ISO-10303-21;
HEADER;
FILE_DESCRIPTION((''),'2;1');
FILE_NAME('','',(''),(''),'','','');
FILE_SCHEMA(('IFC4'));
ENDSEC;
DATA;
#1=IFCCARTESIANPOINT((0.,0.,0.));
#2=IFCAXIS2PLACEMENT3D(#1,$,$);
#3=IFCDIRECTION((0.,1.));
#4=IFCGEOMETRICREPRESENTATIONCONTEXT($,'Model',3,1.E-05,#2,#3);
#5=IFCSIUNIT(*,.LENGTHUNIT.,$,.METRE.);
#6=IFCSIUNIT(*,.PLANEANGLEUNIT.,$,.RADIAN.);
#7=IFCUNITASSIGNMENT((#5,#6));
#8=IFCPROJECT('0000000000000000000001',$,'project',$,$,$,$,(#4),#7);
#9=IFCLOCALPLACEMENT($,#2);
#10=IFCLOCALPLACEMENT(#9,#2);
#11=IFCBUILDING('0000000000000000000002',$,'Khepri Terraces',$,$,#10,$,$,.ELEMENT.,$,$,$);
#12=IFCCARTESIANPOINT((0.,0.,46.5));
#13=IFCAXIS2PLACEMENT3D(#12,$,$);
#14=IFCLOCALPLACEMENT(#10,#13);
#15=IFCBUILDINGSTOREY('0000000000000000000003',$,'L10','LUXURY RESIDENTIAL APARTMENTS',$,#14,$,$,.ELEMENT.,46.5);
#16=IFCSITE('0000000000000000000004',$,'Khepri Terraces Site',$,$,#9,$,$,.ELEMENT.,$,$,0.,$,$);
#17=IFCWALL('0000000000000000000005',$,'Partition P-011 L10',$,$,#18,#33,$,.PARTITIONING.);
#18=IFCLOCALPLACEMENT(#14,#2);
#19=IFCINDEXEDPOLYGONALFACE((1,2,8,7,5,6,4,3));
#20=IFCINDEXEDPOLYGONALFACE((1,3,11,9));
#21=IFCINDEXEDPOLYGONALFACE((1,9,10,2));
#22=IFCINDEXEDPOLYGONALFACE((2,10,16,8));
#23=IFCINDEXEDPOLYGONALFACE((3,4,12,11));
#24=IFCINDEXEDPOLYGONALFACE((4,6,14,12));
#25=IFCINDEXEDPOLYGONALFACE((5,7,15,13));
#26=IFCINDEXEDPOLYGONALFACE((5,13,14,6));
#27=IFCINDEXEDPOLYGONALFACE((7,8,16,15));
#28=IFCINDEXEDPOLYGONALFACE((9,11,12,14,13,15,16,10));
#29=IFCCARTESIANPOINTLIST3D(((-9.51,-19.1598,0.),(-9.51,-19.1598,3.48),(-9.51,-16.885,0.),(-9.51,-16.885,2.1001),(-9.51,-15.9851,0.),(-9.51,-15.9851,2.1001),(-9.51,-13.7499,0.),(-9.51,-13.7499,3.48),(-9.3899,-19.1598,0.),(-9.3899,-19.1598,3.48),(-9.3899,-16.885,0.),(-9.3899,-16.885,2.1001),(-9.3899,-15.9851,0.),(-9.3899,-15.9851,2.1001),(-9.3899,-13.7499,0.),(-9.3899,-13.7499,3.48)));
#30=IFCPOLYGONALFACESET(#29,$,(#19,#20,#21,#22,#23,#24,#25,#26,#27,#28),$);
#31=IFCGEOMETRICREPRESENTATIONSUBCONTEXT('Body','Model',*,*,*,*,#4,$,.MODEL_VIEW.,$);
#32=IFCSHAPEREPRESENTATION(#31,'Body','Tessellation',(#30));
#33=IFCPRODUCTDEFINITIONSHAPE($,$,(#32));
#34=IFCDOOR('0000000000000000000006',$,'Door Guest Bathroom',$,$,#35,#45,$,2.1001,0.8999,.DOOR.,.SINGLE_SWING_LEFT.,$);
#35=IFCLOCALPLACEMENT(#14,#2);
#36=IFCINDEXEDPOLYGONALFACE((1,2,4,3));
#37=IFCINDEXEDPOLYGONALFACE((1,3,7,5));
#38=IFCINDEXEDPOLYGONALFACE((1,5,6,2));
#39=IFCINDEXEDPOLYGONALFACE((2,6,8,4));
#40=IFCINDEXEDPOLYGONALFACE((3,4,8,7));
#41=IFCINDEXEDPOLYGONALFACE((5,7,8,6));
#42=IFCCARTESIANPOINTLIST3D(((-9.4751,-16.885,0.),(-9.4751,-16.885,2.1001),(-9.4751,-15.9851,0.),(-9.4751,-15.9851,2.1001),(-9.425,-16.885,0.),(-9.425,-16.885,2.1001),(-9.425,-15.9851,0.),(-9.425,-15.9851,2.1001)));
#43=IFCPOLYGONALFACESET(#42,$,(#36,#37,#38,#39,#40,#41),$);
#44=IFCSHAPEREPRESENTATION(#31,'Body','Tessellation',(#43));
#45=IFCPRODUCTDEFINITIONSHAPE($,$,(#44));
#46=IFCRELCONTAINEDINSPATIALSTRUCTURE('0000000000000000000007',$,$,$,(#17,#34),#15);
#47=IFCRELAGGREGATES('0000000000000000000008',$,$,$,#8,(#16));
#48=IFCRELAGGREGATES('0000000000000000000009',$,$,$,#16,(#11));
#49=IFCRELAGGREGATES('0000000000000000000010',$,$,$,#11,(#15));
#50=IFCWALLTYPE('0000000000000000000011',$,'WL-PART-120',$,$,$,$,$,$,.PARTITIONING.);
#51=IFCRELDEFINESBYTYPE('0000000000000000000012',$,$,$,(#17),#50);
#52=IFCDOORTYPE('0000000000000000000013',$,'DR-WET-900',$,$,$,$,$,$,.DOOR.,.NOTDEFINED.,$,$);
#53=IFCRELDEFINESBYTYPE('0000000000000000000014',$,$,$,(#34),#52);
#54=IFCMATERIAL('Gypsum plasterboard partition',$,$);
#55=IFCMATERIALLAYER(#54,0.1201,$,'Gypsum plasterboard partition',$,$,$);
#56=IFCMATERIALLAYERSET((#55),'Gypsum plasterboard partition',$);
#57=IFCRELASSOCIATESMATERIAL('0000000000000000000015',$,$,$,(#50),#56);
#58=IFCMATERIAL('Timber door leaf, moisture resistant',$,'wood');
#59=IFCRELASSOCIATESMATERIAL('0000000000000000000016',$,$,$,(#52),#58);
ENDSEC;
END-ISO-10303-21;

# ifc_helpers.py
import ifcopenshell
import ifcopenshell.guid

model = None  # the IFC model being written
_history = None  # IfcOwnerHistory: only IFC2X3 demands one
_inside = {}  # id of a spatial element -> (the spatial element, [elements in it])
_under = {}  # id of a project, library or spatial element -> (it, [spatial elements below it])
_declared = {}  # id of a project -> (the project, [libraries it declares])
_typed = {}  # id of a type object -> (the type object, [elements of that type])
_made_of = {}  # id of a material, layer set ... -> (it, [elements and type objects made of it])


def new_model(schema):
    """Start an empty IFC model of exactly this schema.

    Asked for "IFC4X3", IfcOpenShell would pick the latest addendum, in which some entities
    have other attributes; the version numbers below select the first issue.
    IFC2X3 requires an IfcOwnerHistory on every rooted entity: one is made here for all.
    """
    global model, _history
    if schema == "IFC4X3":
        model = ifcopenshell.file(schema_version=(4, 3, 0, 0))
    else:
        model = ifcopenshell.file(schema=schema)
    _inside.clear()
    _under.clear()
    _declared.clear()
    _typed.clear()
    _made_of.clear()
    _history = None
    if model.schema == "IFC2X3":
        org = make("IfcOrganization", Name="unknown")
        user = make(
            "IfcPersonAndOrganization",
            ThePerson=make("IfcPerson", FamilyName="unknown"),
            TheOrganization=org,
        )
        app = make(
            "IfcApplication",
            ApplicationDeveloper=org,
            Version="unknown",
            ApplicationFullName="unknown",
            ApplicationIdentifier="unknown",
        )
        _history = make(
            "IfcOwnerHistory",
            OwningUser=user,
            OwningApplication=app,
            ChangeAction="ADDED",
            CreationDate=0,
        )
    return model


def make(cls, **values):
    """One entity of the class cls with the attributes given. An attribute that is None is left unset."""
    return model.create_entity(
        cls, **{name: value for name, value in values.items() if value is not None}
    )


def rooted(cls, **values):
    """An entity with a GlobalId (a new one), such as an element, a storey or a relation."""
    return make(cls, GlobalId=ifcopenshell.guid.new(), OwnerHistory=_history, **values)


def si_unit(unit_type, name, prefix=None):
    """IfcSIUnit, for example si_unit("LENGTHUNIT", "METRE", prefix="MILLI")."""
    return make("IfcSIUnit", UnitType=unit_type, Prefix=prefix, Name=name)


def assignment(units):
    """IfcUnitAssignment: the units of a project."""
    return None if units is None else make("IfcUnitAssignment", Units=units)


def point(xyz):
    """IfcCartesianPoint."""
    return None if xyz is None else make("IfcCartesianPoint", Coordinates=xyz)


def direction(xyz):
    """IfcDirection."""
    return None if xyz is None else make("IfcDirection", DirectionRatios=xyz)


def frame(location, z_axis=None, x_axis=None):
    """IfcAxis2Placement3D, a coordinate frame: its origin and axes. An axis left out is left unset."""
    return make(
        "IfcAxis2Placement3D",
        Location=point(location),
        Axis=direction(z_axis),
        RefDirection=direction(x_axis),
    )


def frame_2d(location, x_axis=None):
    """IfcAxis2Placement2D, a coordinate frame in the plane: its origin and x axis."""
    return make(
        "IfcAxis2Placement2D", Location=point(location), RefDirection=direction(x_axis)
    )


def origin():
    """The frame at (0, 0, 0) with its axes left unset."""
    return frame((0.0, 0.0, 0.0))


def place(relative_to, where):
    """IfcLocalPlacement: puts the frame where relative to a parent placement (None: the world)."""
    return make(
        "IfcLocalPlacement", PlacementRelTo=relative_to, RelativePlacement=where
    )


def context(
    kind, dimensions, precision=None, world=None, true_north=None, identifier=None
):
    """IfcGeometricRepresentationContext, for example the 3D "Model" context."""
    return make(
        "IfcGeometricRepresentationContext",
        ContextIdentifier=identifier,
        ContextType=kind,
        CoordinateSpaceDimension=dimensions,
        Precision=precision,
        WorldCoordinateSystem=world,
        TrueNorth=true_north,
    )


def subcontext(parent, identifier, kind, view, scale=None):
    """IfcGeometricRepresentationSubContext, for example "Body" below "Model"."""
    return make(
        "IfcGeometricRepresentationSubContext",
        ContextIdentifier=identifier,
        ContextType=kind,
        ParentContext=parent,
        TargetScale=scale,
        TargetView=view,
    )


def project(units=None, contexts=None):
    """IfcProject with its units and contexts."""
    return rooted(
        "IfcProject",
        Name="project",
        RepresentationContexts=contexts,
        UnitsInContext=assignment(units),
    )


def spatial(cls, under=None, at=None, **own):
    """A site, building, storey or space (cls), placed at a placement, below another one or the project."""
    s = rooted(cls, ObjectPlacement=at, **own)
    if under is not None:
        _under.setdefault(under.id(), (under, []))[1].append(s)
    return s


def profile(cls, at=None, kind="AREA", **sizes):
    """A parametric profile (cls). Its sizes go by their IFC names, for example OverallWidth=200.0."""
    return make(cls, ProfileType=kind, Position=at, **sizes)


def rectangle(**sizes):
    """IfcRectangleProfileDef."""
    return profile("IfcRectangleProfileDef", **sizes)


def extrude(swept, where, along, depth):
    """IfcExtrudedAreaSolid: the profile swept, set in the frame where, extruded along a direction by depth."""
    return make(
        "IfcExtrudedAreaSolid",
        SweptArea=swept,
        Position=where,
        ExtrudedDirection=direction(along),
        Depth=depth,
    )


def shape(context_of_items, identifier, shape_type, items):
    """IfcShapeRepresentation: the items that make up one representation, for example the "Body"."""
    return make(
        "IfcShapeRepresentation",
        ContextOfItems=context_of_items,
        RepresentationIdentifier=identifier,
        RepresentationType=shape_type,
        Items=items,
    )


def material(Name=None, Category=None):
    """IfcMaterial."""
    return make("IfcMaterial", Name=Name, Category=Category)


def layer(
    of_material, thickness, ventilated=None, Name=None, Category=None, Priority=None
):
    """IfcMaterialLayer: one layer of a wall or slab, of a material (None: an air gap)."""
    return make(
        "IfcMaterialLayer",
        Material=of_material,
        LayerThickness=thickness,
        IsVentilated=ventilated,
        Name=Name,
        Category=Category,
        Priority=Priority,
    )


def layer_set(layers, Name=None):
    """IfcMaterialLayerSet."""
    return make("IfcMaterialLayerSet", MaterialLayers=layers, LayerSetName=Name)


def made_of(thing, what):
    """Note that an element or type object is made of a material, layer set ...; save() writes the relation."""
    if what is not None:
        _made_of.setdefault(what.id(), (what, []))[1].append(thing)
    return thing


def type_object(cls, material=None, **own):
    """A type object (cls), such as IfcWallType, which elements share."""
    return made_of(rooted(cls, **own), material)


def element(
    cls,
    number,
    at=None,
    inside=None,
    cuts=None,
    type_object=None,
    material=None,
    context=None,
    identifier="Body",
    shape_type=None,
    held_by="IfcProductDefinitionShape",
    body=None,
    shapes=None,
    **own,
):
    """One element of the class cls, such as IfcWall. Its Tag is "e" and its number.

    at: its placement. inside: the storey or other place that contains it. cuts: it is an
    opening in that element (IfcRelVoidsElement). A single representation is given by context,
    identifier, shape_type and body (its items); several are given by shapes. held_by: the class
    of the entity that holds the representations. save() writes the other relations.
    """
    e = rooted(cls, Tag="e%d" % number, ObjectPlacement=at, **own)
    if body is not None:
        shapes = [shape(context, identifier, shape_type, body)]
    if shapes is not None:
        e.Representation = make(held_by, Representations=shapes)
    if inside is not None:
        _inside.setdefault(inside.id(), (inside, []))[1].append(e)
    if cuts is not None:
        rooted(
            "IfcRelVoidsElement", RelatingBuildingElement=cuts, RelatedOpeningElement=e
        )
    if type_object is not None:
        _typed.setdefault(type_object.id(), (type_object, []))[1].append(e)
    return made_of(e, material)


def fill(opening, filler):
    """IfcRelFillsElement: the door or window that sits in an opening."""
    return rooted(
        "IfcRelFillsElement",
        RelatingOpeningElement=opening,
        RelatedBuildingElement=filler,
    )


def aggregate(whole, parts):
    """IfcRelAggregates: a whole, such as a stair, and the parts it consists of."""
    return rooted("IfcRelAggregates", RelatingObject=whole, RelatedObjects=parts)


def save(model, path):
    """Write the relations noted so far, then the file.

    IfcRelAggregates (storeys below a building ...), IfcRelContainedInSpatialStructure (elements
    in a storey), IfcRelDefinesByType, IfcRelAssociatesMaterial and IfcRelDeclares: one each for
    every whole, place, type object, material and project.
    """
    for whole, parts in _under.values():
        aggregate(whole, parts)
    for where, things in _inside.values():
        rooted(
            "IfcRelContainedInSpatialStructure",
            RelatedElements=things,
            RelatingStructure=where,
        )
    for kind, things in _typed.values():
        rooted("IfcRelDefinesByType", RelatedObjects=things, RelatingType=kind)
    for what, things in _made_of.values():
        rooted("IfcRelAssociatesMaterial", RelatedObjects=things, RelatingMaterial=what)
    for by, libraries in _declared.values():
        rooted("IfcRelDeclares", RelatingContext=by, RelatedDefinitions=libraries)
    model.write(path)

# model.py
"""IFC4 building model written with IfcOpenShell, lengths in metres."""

from ifc_helpers import new_model, si_unit, direction, frame, frame_2d, origin, place, context, subcontext, project, spatial, rectangle, extrude, material, layer, layer_set, type_object, element, fill, save


model = new_model("IFC4")

# Units and contexts
model_context = context("Model", 3, precision=1e-05, world=origin(), true_north=direction((0.0, 1.0)))
body_context = subcontext(model_context, "Body", "Model", "MODEL_VIEW")
ifc_project = project(units=[si_unit("LENGTHUNIT", "METRE"), si_unit("PLANEANGLEUNIT", "RADIAN")], contexts=[model_context])

# Site, building, storey
site_placement = place(None, origin())
site = spatial("IfcSite", under=ifc_project, at=site_placement, Name="Khepri Terraces Site", CompositionType="ELEMENT", RefElevation=0.0)
building_placement = place(site_placement, origin())
building = spatial("IfcBuilding", under=site, at=building_placement, Name="Khepri Terraces", CompositionType="ELEMENT")
storey_placement = place(building_placement, frame((0.0, 0.0, 46.5)))
storey = spatial("IfcBuildingStorey", under=building, at=storey_placement, Name="L10", Description="LUXURY RESIDENTIAL APARTMENTS", CompositionType="ELEMENT", Elevation=46.5)

# Shared definitions
ifc_material_1 = material(Name="Gypsum plasterboard partition")
ifc_layer_1 = layer(ifc_material_1, 0.1201, Name="Gypsum plasterboard partition")
ifc_layer_set_1 = layer_set([ifc_layer_1], Name="Gypsum plasterboard partition")
wall_type_1 = type_object("IfcWallType", Name="WL-PART-120", PredefinedType="PARTITIONING", material=ifc_layer_set_1)

# Wall, opening, door
wall_1_placement = place(storey_placement, frame((-9.45, -19.1599, 0.0), z_axis=(0.0, 0.0, 1.0), x_axis=(0.0, 1.0, 0.0)))
wall_1 = element("IfcWall", 1, at=wall_1_placement, inside=storey, type_object=wall_type_1, Name="Partition P-011 L10", PredefinedType="PARTITIONING", context=body_context, shape_type="SweptSolid", body=[
    extrude(rectangle(XDim=5.4099, YDim=0.1201, at=frame_2d((2.7051, 0.0))), origin(), (0.0, 0.0, 1.0), 3.48),
])
opening_1_placement = place(wall_1_placement, frame((2.2749, 0.0, 0.0)))
opening_1 = element("IfcOpeningElement", 2, at=opening_1_placement, cuts=wall_1, PredefinedType="OPENING", context=body_context, shape_type="SweptSolid", body=[
    extrude(rectangle(XDim=0.8999, YDim=2.1001, at=frame_2d((0.45, 1.05))), frame((0.0, 0.0701, 0.0), z_axis=(0.0, -1.0, 0.0), x_axis=(1.0, 0.0, 0.0)), (0.0, 0.0, 1.0), 0.1401),
])
ifc_material_2 = material(Name="Timber door leaf, moisture resistant", Category="wood")
door_type_1 = type_object("IfcDoorType", Name="DR-WET-900", OperationType="NOTDEFINED", PredefinedType="DOOR", material=ifc_material_2)
door_1_placement = place(opening_1_placement, frame((0.8999, 0.0, 0.0), z_axis=(0.0, 0.0, 1.0), x_axis=(-1.0, 0.0, 0.0)))
door_1 = element("IfcDoor", 3, at=door_1_placement, inside=storey, type_object=door_type_1, Name="Door Guest Bathroom", OperationType="SINGLE_SWING_LEFT", OverallHeight=2.1001, OverallWidth=0.8999, PredefinedType="DOOR", context=body_context, shape_type="SweptSolid", body=[
    extrude(rectangle(XDim=0.8999, YDim=2.1001, at=frame_2d((0.45, 1.05))), frame((0.0, 0.0249, 0.0), z_axis=(0.0, -1.0, 0.0), x_axis=(1.0, 0.0, 0.0)), (0.0, 0.0, 1.0), 0.05),
])
fill(opening_1, door_1)

save(model, "model.ifc")
